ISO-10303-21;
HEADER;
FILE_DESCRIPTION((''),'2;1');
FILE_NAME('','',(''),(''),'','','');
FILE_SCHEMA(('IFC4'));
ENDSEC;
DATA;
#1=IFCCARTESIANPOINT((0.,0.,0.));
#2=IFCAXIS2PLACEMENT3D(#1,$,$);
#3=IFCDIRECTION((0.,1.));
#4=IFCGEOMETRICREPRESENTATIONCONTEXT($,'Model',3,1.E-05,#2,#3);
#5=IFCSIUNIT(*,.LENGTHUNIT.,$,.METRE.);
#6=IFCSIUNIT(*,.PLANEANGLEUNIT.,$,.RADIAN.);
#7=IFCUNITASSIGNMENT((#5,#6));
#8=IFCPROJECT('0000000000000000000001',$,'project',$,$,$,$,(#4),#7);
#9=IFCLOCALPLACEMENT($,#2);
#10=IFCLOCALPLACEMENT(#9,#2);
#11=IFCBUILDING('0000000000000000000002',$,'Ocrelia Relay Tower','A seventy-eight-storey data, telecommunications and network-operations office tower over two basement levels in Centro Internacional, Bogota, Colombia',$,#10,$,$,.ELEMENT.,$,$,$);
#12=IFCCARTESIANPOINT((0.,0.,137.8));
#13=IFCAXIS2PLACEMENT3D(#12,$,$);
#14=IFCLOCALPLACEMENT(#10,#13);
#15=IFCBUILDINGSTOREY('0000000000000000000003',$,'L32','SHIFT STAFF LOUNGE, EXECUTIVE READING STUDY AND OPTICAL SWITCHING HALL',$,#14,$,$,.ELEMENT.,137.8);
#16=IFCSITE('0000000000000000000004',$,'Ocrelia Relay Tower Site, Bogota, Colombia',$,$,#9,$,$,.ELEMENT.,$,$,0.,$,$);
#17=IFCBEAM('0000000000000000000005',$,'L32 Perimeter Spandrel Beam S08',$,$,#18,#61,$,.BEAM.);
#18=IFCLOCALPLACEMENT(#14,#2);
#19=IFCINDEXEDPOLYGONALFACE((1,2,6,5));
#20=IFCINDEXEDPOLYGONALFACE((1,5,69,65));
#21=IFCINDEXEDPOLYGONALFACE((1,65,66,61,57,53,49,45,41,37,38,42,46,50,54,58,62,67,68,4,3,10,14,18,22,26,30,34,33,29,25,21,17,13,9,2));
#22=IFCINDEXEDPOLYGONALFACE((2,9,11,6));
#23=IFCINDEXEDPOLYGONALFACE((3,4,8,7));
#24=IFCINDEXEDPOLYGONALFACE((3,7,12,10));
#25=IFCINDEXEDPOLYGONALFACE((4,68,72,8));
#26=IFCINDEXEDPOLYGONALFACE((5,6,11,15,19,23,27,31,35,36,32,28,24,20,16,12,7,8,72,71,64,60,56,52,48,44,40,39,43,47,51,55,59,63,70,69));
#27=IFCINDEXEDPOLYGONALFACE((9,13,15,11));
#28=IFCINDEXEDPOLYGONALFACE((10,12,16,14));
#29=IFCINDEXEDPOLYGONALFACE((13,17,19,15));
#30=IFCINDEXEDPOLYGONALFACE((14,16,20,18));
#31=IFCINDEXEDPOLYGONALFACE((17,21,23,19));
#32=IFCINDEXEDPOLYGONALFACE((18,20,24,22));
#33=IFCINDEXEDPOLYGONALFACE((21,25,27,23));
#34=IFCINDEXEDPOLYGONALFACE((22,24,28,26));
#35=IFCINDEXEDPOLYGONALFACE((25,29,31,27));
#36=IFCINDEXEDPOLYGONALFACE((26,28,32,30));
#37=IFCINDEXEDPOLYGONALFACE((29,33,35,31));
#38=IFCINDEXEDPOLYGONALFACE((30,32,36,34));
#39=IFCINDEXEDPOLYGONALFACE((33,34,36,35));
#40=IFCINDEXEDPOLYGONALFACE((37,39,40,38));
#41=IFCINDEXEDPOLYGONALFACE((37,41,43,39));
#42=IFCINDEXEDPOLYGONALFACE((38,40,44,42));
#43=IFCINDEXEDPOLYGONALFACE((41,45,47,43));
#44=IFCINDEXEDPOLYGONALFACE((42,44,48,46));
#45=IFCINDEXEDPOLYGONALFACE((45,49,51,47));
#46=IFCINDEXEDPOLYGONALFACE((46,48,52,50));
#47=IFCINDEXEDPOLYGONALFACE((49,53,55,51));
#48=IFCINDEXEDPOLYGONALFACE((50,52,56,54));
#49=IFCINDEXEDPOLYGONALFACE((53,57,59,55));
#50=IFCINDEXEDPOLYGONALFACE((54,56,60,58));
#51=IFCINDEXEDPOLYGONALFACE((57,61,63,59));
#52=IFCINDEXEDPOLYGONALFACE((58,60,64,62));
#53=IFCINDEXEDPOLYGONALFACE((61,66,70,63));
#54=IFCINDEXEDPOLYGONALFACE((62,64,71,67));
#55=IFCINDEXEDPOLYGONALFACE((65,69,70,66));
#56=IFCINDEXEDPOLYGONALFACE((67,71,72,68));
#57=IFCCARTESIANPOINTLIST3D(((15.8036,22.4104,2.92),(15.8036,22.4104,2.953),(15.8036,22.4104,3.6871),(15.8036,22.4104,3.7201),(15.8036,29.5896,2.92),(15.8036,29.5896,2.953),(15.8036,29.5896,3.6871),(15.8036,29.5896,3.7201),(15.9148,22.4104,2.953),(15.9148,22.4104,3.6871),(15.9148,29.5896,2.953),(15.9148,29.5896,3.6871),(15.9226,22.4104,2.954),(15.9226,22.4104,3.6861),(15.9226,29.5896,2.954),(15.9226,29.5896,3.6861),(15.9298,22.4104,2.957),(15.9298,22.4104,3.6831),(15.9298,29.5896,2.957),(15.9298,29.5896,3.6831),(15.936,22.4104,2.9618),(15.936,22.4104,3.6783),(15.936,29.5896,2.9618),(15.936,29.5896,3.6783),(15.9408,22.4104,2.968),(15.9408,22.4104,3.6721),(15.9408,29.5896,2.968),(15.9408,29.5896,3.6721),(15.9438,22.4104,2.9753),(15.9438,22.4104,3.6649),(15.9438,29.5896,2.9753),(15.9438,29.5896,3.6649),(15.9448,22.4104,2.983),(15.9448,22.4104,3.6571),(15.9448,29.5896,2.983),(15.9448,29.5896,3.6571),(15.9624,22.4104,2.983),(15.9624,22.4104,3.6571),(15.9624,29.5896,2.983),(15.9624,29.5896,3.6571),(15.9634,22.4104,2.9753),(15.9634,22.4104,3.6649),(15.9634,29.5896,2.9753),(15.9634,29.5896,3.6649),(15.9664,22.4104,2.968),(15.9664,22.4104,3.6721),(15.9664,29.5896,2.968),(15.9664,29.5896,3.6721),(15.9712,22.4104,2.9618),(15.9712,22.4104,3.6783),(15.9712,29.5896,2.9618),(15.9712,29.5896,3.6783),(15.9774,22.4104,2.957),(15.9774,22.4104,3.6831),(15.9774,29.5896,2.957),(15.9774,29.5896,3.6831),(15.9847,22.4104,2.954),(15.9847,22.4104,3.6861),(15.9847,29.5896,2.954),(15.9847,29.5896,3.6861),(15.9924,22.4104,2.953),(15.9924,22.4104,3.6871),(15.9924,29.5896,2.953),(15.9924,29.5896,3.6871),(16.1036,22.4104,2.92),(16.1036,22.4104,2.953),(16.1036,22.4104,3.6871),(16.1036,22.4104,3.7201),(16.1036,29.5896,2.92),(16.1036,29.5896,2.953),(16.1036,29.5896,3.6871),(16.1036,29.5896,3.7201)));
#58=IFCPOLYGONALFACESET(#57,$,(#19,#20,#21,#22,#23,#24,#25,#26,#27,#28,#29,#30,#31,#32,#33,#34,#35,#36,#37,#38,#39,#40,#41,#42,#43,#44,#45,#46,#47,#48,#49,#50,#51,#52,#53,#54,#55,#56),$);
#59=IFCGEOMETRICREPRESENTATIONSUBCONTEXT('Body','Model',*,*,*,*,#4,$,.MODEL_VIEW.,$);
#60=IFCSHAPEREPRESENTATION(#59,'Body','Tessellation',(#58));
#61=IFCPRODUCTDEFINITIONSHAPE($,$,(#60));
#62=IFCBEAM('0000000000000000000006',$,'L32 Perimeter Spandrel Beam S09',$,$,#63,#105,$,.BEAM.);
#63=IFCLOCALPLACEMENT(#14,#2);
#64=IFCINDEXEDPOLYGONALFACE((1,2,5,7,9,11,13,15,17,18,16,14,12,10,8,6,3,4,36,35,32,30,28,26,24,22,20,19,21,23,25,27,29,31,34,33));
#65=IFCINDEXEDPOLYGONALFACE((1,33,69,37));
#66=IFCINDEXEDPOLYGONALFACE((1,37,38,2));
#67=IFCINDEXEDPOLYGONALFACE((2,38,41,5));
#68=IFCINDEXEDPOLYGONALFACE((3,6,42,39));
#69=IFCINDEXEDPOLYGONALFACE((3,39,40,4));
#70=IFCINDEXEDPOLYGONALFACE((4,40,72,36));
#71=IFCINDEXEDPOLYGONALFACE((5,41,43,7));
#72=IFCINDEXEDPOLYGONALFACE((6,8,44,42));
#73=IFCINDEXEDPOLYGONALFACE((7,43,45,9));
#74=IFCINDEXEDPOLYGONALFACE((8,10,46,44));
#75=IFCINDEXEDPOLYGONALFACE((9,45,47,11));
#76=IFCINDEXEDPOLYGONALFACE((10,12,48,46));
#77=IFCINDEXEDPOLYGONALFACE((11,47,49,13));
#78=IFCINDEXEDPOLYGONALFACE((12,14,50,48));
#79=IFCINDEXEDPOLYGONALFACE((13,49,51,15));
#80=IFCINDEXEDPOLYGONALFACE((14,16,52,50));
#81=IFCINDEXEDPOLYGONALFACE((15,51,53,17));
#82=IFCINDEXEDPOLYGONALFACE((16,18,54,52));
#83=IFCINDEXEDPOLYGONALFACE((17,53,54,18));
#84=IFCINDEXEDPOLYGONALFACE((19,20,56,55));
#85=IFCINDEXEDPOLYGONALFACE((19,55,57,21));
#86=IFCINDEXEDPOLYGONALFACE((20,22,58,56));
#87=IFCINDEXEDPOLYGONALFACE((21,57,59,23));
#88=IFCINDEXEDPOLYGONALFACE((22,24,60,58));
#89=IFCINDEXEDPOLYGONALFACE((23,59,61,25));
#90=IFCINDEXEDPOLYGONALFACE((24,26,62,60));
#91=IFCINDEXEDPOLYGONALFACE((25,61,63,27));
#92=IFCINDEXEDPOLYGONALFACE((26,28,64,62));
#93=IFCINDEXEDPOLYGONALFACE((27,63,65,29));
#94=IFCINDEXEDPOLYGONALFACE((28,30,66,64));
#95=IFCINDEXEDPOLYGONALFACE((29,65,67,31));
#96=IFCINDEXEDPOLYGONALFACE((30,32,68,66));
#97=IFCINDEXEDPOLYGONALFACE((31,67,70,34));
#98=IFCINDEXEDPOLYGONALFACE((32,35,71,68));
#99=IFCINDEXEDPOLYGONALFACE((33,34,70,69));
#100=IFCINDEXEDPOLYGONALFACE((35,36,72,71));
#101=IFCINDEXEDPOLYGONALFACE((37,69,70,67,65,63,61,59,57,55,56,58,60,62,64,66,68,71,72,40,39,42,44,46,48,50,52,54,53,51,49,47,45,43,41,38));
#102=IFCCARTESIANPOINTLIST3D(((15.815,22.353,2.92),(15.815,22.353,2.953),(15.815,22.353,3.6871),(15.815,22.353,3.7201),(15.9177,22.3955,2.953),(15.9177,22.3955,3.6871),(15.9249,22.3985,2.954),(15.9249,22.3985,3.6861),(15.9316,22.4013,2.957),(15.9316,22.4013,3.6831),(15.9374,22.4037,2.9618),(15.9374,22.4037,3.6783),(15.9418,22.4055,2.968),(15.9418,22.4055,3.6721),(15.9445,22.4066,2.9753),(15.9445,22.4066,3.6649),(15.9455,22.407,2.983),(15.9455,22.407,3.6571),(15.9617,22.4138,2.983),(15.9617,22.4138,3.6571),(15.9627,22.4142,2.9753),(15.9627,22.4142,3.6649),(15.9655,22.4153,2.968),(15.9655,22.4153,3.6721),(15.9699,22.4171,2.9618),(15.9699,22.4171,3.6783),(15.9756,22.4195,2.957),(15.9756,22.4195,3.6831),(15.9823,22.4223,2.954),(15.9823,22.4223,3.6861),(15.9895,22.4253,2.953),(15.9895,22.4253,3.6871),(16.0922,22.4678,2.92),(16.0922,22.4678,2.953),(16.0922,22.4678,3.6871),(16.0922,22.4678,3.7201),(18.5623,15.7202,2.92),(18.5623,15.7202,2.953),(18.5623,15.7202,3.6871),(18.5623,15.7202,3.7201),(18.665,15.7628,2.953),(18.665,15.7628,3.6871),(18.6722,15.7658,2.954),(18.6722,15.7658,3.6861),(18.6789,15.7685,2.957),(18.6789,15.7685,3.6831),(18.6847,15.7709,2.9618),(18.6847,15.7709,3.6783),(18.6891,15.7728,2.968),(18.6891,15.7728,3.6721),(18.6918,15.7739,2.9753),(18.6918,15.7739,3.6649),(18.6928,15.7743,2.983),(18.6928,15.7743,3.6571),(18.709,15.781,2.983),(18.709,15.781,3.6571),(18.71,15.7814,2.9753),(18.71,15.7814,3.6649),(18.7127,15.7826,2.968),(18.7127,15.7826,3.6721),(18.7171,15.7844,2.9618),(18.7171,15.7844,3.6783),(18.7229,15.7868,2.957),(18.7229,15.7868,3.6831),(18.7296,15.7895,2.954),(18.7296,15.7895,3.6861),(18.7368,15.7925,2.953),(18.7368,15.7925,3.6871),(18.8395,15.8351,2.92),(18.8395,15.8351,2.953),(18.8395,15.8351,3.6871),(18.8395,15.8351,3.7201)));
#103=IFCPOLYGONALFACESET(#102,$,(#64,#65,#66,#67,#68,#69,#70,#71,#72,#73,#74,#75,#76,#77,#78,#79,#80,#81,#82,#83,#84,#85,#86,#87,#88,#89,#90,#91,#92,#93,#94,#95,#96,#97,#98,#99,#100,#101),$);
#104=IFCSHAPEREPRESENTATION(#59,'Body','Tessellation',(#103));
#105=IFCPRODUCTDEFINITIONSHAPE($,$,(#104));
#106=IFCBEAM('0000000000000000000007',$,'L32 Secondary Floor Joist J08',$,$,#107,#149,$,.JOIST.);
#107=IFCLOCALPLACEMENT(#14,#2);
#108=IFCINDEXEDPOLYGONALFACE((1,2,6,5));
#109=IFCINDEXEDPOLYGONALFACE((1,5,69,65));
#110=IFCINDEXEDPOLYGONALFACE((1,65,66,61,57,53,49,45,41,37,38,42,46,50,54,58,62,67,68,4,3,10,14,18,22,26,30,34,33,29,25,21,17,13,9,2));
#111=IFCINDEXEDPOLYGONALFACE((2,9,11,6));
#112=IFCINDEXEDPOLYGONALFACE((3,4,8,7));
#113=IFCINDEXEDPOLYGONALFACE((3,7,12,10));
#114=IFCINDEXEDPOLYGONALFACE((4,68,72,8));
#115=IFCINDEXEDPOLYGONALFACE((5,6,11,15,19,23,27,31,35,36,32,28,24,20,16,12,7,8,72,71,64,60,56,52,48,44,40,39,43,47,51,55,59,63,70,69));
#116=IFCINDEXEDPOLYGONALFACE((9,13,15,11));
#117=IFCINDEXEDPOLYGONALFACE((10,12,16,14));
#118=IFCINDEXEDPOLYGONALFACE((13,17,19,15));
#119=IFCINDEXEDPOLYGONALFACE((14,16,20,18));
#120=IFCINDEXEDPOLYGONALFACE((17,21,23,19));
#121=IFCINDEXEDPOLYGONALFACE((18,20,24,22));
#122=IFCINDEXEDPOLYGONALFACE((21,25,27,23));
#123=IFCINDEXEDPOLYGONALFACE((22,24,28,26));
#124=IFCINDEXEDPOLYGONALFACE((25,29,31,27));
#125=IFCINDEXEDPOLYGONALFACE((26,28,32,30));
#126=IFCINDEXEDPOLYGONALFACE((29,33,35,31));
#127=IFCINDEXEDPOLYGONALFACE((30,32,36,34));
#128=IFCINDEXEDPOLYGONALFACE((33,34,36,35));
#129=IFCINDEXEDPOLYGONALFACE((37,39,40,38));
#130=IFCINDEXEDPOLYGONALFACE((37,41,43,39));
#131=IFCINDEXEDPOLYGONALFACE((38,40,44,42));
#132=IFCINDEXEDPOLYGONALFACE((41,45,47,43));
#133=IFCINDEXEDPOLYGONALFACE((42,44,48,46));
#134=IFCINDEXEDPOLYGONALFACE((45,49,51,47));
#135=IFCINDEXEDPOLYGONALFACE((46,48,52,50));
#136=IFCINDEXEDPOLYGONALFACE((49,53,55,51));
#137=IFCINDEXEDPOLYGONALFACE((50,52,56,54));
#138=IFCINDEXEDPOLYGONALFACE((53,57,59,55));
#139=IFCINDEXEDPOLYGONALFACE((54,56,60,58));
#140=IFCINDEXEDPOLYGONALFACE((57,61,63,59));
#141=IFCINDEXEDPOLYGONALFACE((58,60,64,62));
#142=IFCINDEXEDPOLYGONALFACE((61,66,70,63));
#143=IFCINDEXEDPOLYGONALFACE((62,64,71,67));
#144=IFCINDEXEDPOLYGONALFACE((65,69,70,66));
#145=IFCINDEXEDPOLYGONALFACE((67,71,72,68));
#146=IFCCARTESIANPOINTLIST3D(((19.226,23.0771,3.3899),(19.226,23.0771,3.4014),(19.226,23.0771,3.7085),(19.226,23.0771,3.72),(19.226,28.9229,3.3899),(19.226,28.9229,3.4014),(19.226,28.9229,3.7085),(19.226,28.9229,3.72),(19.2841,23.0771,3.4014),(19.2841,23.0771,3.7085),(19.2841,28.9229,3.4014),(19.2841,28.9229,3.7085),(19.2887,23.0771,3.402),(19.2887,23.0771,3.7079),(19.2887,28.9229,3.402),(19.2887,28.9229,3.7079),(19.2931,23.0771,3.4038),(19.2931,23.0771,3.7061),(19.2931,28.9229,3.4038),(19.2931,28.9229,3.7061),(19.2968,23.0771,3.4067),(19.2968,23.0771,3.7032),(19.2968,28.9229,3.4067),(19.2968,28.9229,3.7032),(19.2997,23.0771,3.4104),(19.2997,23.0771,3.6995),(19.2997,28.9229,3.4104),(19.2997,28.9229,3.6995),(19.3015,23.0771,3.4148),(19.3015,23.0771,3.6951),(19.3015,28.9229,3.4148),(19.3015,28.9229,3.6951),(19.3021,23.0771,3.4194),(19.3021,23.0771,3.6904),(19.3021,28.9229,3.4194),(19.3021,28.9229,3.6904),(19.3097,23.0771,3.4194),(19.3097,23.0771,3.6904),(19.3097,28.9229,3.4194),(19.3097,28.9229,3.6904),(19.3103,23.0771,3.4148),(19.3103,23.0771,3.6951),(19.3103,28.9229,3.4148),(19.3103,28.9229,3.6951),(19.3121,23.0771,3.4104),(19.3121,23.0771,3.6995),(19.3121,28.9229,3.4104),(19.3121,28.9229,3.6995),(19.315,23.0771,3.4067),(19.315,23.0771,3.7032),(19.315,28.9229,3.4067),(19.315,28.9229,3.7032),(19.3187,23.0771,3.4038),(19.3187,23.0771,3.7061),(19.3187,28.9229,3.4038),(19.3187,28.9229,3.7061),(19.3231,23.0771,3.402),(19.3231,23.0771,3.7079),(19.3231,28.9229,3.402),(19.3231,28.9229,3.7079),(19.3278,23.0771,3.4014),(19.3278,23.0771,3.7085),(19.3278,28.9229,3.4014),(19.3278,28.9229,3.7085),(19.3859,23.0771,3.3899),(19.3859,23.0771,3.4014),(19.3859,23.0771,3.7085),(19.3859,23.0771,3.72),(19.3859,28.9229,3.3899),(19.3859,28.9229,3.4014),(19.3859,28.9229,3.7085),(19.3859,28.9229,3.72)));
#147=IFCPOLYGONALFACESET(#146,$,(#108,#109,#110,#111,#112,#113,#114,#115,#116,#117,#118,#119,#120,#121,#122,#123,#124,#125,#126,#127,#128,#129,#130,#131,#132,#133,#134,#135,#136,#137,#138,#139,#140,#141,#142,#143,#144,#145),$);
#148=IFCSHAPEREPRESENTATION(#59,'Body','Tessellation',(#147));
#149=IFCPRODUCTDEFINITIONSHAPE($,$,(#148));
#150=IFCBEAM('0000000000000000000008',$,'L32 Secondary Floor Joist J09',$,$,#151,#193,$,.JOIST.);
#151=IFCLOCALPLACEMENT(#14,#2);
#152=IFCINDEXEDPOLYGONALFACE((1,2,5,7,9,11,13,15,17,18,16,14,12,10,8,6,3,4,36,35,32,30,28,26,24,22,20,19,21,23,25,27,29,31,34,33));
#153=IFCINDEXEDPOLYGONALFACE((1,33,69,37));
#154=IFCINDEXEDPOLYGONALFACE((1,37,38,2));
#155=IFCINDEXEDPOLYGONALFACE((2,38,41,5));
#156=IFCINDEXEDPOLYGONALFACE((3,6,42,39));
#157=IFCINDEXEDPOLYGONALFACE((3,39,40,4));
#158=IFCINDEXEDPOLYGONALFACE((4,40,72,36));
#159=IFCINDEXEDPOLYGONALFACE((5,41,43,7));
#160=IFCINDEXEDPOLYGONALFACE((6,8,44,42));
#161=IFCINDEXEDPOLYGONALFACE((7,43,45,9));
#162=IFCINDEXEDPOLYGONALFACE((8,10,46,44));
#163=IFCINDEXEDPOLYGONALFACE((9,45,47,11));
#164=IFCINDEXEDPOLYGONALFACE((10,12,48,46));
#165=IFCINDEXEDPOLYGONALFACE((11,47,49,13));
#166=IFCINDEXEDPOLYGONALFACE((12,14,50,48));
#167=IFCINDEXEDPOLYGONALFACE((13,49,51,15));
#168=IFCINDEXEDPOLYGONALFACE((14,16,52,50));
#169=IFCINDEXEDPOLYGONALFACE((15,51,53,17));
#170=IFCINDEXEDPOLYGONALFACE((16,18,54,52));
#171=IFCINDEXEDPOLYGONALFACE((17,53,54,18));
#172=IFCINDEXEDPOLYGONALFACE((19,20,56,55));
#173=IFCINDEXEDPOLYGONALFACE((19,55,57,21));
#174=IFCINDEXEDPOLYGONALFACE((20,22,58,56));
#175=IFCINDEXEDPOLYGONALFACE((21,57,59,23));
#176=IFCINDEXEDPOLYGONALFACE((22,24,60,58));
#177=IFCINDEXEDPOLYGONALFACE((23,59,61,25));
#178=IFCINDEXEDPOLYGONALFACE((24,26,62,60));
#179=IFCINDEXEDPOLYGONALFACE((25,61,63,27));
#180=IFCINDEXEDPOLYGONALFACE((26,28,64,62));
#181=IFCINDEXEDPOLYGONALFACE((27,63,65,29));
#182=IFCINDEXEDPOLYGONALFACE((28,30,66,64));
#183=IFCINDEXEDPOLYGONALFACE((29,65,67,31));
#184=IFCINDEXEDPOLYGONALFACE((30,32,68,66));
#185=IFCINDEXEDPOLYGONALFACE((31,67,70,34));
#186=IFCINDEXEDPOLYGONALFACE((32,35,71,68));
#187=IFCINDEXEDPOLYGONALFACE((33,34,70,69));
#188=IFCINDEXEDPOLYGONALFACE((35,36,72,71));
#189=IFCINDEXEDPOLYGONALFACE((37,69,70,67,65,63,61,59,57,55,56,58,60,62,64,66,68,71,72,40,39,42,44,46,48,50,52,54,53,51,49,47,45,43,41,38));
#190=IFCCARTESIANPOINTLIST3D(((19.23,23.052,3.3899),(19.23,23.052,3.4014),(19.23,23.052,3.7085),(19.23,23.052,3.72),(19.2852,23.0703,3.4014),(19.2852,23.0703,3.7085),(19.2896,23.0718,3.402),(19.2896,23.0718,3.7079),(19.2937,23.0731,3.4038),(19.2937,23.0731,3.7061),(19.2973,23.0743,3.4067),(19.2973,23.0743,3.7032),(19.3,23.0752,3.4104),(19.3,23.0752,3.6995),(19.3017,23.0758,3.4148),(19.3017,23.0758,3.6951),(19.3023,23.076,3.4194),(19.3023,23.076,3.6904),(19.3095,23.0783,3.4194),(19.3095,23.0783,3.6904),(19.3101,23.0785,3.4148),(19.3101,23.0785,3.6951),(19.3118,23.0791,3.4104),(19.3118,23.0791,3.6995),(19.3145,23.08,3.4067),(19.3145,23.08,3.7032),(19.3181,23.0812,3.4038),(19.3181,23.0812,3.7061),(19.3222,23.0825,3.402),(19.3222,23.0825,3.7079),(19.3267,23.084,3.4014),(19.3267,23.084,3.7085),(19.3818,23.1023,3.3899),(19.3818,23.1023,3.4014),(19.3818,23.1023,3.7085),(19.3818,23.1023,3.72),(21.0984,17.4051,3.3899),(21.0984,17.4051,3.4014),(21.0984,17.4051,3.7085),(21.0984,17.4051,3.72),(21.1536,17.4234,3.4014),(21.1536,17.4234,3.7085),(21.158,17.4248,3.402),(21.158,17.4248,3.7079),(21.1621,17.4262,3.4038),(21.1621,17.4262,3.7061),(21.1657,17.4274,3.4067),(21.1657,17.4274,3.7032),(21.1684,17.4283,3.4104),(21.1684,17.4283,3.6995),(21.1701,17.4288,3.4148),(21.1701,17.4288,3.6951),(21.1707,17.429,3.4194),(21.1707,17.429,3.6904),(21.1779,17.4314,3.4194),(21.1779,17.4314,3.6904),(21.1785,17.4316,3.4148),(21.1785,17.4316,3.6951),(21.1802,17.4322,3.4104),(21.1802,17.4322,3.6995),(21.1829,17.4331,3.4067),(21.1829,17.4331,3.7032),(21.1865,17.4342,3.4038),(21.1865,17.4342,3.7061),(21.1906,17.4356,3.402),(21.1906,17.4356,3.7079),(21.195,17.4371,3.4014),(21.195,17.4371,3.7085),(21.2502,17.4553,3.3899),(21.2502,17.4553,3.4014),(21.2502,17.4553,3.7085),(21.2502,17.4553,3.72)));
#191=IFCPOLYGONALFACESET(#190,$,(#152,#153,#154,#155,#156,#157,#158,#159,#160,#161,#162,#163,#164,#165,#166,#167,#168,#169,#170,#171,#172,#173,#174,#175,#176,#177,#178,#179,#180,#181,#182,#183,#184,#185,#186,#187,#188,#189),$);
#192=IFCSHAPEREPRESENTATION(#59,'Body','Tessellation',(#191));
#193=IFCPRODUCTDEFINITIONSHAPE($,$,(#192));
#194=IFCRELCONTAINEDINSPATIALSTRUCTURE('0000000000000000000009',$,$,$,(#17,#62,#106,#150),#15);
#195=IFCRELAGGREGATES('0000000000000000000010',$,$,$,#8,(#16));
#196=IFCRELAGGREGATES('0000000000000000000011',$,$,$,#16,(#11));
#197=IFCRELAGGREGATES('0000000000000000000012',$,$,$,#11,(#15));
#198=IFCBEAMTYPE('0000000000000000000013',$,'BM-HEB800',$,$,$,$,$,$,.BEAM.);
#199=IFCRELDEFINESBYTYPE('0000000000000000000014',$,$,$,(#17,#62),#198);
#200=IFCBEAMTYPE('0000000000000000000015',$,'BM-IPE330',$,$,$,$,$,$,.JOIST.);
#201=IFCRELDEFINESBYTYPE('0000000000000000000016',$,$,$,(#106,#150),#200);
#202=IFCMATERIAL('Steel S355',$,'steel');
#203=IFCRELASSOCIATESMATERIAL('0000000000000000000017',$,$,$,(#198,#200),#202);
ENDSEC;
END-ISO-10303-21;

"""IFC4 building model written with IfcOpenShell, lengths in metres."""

from ifc_helpers import new_model, si_unit, direction, frame, origin, origin_2d, place, context, subcontext, project, spatial, i_section, extrude, material, material_profile, profile_set, type_object, element, save


model = new_model("IFC4")

# Units and contexts
model_context = context("Model", 3, precision=1e-05, world=origin(), true_north=direction((0.0, 1.0)))
body_context = subcontext(model_context, "Body", "Model", "MODEL_VIEW")
ifc_project = project(units=[si_unit("LENGTHUNIT", "METRE"), si_unit("PLANEANGLEUNIT", "RADIAN")], contexts=[model_context])

# Site, building, storey
site_placement = place(None, origin())
site = spatial("IfcSite", under=ifc_project, at=site_placement, Name="Ocrelia Relay Tower Site, Bogota, Colombia", CompositionType="ELEMENT", RefElevation=0.0)
building_placement = place(site_placement, origin())
building = spatial("IfcBuilding", under=site, at=building_placement, Name="Ocrelia Relay Tower", Description="A seventy-eight-storey data, telecommunications and network-operations office tower over two basement levels in Centro Internacional, Bogota, Colombia", CompositionType="ELEMENT")
storey_placement = place(building_placement, frame((0.0, 0.0, 137.8)))
storey = spatial("IfcBuildingStorey", under=building, at=storey_placement, Name="L32", Description="SHIFT STAFF LOUNGE, EXECUTIVE READING STUDY AND OPTICAL SWITCHING HALL", CompositionType="ELEMENT", Elevation=137.8)

# Beams
ifc_material_1 = material(Name="Steel S355", Category="steel")
ifc_material_profile_1 = material_profile(ifc_material_1, i_section(OverallWidth=0.3, OverallDepth=0.8, WebThickness=0.0176, FlangeThickness=0.033, FilletRadius=0.03, at=origin_2d()), Name="HEB 800")
ifc_profile_set_1 = profile_set([ifc_material_profile_1], Name="Steel S355")
beam_type_1 = type_object("IfcBeamType", Name="BM-HEB800", PredefinedType="BEAM", material=ifc_profile_set_1)
for number, where, z_axis, x_axis, name in (
    (1, (15.9536, 29.5896, 3.3201), (0.0, -1.0, 0.0), (1.0, 0.0, 0.0), "L32 Perimeter Spandrel Beam S08"),
    (2, (15.9536, 22.4104, 3.3201), (0.382673, -0.923884, 0.0), (0.923884, 0.382673, 0.0), "L32 Perimeter Spandrel Beam S09"),
):
    element("IfcBeam", number, at=place(storey_placement, frame(where, z_axis=z_axis, x_axis=x_axis)), inside=storey, type_object=beam_type_1, Name=name, PredefinedType="BEAM", context=body_context, shape_type="SweptSolid", body=[
        extrude(i_section(OverallWidth=0.3, OverallDepth=0.8, WebThickness=0.0176, FlangeThickness=0.033, FilletRadius=0.03, at=origin_2d()), origin(), (0.0, 0.0, 1.0), 7.1792),
    ])
ifc_material_profile_2 = material_profile(ifc_material_1, i_section(OverallWidth=0.1599, OverallDepth=0.3301, WebThickness=0.0076, FlangeThickness=0.0115, FilletRadius=0.0181, at=origin_2d()), Name="IPE 330")
ifc_profile_set_2 = profile_set([ifc_material_profile_2], Name="Steel S355")
beam_type_2 = type_object("IfcBeamType", Name="BM-IPE330", PredefinedType="JOIST", material=ifc_profile_set_2)
beam_1_placement = place(storey_placement, frame((19.3059, 28.9229, 3.5549), z_axis=(0.0, -1.0, 0.0), x_axis=(1.0, 0.0, 0.0)))
element("IfcBeam", 3, at=beam_1_placement, inside=storey, type_object=beam_type_2, Name="L32 Secondary Floor Joist J08", PredefinedType="JOIST", context=body_context, shape_type="SweptSolid", body=[
    extrude(i_section(OverallWidth=0.1599, OverallDepth=0.3301, WebThickness=0.0076, FlangeThickness=0.0115, FilletRadius=0.0181, at=origin_2d()), origin(), (0.0, 0.0, 1.0), 5.8457),
])
beam_2_placement = place(storey_placement, frame((19.3059, 23.0771, 3.5549), z_axis=(0.314121, -0.949383, 0.0), x_axis=(0.949383, 0.314121, 0.0)))
element("IfcBeam", 4, at=beam_2_placement, inside=storey, type_object=beam_type_2, Name="L32 Secondary Floor Joist J09", PredefinedType="JOIST", context=body_context, shape_type="SweptSolid", body=[
    extrude(i_section(OverallWidth=0.1599, OverallDepth=0.3301, WebThickness=0.0076, FlangeThickness=0.0115, FilletRadius=0.0181, at=origin_2d()), origin(), (0.0, 0.0, 1.0), 5.948),
])

save(model, "model.ifc")
